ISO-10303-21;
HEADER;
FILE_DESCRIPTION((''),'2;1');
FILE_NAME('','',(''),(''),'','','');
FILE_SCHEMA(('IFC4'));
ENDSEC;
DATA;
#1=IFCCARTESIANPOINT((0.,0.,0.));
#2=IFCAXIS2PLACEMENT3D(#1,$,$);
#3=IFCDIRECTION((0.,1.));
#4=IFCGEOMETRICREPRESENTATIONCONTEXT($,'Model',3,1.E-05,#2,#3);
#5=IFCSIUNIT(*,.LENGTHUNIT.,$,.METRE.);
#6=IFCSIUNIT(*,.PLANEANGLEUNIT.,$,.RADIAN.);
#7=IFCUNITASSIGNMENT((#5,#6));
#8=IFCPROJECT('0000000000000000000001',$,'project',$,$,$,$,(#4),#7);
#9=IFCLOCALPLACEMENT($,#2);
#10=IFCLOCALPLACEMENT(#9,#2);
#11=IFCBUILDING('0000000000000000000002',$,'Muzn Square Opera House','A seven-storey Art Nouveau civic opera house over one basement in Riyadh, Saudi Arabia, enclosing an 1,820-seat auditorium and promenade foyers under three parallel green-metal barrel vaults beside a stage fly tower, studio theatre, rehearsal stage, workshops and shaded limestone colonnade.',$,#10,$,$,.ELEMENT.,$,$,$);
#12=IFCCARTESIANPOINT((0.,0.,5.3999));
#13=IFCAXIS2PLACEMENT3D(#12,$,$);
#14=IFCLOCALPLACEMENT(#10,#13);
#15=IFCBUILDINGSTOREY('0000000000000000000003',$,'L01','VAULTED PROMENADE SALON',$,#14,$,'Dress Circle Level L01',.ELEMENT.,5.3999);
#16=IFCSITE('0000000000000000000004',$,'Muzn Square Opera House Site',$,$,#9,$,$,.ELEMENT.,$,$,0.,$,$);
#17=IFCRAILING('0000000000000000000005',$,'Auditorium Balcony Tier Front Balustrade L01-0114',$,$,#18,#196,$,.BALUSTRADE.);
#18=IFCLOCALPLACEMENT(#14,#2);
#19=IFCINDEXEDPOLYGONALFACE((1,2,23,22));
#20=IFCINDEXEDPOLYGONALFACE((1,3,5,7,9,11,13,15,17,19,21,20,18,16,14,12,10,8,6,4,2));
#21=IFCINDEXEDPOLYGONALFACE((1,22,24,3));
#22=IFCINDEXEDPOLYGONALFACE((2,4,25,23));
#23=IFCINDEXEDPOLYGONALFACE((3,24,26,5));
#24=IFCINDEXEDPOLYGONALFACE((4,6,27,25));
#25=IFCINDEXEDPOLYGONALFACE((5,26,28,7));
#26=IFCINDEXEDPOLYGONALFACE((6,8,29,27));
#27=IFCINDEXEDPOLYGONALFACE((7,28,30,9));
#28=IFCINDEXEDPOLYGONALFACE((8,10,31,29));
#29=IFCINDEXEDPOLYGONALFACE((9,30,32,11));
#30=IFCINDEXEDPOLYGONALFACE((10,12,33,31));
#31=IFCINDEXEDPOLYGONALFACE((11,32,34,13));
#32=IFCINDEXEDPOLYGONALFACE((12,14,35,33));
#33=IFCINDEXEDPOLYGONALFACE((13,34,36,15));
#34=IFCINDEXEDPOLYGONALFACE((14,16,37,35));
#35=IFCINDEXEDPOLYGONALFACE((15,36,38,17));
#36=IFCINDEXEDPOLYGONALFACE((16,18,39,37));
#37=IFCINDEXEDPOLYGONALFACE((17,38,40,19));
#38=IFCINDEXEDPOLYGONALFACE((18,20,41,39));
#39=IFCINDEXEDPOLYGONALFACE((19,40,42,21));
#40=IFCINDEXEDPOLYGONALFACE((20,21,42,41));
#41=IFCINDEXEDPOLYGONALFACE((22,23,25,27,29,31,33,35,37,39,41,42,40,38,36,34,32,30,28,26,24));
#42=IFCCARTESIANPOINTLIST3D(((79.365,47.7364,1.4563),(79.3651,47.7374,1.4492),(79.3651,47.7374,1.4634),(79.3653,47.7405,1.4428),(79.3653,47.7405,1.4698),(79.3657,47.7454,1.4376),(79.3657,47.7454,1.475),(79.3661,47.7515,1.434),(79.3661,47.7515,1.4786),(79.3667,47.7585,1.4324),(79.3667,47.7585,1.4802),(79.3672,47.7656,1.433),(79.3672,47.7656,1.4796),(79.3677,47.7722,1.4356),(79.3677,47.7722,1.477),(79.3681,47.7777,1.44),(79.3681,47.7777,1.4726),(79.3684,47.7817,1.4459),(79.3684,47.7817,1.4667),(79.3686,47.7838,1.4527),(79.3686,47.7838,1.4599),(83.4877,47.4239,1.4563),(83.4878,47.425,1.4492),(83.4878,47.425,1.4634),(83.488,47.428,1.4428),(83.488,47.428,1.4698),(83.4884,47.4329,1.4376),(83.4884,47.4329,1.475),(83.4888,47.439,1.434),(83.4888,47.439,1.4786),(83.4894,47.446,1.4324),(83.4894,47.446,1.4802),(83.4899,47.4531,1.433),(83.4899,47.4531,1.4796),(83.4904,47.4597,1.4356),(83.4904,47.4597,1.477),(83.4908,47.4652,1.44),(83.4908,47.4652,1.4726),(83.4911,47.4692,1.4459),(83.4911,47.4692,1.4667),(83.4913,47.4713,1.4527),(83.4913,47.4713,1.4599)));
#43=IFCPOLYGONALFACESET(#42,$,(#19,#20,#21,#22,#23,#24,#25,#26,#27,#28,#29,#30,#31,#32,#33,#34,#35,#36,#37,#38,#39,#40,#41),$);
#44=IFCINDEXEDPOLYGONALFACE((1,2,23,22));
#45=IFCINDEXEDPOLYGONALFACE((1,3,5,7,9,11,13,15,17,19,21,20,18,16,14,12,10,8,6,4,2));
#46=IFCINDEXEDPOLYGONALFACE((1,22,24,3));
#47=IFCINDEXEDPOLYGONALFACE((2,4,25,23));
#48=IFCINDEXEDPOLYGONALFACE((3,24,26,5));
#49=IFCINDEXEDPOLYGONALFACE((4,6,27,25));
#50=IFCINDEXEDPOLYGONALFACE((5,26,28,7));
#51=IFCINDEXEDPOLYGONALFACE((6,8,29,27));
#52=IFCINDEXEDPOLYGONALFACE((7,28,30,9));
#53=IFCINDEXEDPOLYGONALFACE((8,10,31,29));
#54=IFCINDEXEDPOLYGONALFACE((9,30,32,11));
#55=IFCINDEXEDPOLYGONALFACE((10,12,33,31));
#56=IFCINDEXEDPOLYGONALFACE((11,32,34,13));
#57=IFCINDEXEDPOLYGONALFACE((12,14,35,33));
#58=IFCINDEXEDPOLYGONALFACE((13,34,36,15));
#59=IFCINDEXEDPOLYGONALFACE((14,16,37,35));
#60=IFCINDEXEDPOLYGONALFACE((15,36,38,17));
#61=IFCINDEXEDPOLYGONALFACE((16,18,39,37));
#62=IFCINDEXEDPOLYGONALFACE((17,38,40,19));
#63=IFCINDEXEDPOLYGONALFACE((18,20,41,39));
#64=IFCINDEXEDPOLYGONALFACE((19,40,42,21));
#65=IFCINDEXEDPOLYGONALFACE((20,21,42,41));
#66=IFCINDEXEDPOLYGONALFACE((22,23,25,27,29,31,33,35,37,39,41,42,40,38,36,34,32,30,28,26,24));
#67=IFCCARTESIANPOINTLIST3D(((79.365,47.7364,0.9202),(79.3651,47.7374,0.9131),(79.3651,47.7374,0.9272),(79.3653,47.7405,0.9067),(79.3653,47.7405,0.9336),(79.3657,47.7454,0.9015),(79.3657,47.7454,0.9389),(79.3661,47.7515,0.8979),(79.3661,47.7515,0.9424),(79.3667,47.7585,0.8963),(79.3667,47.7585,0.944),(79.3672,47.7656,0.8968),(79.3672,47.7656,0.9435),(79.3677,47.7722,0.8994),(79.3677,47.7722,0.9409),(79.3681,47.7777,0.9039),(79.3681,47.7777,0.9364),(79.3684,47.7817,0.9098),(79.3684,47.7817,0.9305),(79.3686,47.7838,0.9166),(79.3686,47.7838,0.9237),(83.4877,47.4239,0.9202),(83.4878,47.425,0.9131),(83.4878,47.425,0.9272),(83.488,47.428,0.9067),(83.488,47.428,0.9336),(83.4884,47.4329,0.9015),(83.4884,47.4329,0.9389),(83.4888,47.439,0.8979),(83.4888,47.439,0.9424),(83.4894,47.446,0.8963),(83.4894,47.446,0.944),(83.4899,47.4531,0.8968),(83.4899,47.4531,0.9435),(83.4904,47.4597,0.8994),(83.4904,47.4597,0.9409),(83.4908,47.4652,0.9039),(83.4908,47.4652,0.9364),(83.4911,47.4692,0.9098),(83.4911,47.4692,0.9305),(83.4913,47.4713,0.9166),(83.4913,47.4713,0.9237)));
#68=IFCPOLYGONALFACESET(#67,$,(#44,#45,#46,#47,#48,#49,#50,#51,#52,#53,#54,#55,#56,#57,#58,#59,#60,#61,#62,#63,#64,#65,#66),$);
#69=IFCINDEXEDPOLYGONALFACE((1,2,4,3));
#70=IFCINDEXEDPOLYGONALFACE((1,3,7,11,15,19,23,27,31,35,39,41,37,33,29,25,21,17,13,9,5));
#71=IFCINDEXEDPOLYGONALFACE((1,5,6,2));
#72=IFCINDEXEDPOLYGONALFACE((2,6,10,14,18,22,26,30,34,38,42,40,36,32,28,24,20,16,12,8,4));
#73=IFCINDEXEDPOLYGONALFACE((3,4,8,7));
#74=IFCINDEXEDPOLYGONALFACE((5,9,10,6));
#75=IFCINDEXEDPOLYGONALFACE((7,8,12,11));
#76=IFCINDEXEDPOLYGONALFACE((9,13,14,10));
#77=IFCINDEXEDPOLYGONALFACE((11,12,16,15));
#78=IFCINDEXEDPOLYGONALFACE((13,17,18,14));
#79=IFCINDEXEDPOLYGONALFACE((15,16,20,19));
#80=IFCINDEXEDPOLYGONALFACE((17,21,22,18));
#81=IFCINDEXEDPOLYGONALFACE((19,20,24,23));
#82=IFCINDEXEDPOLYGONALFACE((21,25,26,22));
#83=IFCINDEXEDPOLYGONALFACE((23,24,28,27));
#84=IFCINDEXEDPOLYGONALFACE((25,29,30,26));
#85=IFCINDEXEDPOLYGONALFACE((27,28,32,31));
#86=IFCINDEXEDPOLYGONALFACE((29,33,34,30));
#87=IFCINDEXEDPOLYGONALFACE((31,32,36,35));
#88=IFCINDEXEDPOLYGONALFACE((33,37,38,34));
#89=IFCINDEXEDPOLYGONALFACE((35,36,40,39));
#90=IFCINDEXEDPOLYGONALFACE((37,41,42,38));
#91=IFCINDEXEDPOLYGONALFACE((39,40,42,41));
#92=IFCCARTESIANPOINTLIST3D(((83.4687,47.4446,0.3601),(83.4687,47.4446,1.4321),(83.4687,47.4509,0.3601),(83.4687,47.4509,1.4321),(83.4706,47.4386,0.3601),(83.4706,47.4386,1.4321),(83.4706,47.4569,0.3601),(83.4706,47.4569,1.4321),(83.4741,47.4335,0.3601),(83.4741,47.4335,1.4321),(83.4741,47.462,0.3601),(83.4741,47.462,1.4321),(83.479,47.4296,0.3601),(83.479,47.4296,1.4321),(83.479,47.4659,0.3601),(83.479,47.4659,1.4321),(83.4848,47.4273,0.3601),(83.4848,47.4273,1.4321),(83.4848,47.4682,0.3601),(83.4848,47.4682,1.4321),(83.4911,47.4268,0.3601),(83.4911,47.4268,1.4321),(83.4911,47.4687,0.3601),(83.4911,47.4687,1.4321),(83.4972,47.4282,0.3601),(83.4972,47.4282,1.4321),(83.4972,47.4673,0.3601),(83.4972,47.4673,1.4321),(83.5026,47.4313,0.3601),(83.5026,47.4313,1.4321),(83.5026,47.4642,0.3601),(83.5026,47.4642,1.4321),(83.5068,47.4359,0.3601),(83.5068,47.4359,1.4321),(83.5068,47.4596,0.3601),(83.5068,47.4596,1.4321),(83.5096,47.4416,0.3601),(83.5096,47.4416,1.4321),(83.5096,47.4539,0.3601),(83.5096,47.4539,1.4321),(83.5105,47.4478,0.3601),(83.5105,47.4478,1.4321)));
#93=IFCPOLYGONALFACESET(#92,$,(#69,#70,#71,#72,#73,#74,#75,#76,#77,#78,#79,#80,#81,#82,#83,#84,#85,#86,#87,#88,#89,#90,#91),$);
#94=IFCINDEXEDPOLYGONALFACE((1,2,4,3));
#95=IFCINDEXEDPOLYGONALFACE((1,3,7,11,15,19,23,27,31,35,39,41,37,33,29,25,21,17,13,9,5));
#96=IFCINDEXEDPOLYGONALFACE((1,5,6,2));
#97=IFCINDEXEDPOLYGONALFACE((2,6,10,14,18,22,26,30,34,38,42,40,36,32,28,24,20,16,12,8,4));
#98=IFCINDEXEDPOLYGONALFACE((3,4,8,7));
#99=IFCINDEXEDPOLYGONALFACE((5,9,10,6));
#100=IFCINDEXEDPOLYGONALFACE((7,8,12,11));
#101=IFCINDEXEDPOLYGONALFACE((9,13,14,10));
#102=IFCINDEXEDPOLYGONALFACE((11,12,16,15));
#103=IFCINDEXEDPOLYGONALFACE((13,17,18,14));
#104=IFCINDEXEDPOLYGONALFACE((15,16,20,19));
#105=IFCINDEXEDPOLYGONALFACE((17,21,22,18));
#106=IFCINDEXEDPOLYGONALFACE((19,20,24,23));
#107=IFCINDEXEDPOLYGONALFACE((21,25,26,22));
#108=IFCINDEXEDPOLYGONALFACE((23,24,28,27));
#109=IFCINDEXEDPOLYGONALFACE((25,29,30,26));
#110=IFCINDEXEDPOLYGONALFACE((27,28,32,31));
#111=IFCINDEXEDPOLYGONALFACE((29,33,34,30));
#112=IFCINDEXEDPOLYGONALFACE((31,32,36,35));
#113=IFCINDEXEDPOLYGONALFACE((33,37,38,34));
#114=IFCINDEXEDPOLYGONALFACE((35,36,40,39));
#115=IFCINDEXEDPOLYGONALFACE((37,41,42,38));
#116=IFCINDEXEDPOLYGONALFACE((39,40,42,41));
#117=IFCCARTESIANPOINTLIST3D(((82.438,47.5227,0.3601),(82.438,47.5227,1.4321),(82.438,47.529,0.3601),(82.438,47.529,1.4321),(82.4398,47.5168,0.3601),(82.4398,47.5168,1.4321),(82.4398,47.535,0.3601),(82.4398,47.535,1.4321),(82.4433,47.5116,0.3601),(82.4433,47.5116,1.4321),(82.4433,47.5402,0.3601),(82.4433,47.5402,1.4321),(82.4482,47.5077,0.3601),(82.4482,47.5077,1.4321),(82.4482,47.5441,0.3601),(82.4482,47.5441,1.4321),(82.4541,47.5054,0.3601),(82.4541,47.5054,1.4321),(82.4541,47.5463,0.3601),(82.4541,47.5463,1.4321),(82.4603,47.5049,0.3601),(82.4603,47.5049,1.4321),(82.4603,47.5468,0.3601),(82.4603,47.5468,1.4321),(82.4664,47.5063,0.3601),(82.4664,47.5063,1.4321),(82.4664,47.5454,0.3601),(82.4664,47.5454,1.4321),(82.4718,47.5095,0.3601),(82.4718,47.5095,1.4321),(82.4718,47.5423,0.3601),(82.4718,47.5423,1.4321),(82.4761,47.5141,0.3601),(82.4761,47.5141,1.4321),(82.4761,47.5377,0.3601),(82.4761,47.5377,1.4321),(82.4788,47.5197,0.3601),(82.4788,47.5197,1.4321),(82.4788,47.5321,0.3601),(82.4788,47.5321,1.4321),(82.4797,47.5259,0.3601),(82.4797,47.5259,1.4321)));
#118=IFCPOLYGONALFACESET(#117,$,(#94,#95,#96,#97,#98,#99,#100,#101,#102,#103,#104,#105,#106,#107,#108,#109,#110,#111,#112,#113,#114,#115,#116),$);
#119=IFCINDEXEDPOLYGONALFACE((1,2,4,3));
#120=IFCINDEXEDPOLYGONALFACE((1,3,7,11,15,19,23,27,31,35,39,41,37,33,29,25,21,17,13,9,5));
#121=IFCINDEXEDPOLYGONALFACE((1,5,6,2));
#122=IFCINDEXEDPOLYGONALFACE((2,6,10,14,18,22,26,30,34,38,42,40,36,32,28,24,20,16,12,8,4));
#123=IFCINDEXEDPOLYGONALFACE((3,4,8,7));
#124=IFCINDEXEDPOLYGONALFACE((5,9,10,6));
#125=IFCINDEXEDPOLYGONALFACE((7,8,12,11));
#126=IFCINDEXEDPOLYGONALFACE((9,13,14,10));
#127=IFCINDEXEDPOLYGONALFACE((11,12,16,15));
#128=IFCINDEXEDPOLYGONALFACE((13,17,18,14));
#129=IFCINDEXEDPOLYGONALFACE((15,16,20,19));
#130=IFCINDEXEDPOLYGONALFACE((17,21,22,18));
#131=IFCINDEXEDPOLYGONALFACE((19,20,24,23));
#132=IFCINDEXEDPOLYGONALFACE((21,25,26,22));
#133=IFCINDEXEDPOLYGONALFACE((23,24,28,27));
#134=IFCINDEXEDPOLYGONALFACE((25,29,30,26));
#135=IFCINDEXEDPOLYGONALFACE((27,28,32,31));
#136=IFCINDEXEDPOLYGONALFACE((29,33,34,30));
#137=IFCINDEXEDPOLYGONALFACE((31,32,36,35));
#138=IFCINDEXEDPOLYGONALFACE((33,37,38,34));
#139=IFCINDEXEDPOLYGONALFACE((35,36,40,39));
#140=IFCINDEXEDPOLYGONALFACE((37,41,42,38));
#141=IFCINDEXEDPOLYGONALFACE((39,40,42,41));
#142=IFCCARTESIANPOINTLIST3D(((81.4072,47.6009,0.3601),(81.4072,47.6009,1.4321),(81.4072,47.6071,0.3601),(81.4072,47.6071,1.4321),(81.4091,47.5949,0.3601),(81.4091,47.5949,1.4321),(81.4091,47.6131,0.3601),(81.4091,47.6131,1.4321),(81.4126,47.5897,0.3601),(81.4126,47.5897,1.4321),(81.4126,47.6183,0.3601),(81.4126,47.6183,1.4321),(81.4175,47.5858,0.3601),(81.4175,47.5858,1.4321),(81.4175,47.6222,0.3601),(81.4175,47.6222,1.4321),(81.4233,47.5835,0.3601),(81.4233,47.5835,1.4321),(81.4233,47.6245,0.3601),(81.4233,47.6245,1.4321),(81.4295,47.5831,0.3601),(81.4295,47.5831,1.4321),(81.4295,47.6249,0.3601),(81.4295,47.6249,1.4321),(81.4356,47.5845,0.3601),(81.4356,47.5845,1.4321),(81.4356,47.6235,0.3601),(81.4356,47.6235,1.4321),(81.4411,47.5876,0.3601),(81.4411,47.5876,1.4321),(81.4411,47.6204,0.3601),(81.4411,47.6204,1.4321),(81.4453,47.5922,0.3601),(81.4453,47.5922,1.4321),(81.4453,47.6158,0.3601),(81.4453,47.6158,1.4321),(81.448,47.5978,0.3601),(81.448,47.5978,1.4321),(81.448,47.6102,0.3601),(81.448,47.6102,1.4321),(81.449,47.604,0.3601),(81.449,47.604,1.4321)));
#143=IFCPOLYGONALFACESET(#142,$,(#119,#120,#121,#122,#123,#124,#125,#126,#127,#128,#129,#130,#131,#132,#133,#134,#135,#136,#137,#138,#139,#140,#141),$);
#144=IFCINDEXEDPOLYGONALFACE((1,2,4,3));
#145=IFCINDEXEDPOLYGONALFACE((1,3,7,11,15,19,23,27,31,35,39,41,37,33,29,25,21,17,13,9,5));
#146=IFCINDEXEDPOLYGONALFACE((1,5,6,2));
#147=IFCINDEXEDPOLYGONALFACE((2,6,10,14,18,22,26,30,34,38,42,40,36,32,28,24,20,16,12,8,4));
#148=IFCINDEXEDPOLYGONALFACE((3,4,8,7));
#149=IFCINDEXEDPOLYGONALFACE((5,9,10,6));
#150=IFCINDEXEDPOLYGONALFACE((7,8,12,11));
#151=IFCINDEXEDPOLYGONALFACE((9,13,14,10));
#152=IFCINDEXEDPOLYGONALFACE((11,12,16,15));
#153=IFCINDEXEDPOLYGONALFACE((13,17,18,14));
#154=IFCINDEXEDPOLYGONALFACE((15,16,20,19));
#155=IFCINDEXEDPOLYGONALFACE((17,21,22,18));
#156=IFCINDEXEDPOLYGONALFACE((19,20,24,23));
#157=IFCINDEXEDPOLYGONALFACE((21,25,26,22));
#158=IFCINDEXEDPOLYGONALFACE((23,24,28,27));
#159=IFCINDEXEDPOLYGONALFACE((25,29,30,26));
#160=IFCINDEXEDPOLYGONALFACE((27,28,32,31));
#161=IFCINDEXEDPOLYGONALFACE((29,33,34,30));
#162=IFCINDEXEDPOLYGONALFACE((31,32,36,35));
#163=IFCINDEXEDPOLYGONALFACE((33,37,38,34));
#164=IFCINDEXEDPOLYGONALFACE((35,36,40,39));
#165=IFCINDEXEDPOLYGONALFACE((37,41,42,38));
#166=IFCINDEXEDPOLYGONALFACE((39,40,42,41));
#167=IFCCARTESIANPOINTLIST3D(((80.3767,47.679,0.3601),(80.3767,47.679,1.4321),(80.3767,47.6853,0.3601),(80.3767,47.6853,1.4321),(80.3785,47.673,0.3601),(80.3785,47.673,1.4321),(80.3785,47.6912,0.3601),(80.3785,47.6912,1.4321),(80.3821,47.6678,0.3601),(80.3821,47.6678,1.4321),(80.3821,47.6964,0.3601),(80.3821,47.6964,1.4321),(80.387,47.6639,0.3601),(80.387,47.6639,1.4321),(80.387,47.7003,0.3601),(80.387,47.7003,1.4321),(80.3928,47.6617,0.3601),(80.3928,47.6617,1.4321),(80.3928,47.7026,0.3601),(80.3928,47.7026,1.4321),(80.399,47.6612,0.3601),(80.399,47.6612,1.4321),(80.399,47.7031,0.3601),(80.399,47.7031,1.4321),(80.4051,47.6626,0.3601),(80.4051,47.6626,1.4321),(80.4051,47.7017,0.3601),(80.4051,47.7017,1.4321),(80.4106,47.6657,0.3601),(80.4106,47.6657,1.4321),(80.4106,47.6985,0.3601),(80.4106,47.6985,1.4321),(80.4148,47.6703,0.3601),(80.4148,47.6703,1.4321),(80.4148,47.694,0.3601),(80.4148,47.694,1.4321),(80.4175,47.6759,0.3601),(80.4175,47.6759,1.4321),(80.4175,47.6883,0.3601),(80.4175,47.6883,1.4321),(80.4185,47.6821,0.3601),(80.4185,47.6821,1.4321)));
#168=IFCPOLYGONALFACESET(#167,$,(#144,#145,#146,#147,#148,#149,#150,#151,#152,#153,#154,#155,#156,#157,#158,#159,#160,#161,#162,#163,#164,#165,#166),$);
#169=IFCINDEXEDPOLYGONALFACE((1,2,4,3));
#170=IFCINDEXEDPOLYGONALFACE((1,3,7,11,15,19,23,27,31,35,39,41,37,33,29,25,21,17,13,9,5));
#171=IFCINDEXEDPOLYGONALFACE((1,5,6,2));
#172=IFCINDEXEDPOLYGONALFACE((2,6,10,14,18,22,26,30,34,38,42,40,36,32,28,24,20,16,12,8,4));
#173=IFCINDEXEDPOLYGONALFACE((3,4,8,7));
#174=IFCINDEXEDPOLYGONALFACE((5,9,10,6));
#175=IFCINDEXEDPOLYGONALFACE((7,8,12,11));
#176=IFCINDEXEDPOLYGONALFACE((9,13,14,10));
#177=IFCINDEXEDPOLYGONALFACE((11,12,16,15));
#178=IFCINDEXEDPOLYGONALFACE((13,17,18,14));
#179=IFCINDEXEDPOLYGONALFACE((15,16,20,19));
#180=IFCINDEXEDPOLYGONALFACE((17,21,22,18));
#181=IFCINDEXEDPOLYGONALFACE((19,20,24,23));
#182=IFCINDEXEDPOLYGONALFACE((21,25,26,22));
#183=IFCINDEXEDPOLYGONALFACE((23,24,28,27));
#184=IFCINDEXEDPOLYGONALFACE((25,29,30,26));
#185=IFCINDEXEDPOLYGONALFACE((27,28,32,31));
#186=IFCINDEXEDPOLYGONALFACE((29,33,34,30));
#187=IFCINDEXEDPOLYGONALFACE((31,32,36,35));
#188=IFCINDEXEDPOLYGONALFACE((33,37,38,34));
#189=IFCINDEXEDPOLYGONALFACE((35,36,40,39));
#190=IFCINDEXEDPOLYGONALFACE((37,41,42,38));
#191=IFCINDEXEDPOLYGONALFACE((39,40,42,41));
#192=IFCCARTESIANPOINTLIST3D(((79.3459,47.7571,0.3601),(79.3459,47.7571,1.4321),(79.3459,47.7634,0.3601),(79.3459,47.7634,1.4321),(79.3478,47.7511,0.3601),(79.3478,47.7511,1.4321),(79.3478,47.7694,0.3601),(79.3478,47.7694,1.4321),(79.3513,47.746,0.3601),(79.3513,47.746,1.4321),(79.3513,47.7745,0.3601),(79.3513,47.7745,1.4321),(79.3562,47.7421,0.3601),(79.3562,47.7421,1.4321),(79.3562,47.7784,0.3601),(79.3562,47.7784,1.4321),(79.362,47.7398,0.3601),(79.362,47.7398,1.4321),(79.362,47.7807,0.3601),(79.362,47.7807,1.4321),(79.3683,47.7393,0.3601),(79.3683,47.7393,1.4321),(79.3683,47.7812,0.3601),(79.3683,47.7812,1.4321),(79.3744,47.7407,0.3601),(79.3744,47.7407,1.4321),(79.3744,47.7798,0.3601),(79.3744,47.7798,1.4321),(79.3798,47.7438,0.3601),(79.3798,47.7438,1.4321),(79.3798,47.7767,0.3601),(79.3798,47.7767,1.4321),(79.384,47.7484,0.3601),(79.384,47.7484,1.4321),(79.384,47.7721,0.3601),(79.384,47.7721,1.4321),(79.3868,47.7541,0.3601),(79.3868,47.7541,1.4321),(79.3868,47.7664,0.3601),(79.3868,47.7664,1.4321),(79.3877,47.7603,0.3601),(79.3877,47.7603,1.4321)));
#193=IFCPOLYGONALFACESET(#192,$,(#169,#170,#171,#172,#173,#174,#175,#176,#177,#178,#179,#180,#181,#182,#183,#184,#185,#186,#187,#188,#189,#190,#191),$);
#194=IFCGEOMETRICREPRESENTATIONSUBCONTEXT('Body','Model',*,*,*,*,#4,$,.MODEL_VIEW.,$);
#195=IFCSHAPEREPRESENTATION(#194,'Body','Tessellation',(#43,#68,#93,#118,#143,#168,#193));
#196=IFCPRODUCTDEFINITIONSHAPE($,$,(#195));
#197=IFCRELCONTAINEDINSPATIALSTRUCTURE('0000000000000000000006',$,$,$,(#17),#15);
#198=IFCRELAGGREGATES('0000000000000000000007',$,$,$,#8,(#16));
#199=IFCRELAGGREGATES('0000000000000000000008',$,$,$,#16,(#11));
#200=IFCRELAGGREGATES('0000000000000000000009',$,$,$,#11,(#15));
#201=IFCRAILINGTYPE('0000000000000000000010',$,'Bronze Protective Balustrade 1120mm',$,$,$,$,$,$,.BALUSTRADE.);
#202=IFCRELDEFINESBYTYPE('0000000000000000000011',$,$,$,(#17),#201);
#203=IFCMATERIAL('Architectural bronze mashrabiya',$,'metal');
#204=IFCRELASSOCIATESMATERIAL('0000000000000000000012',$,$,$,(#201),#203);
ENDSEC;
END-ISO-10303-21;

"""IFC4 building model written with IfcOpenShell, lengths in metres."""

from ifc_helpers import new_model, si_unit, direction, frame, origin, origin_2d, place, context, subcontext, project, spatial, circle, extrude, material, type_object, element, save


model = new_model("IFC4")

# Units and contexts
model_context = context("Model", 3, precision=1e-05, world=origin(), true_north=direction((0.0, 1.0)))
body_context = subcontext(model_context, "Body", "Model", "MODEL_VIEW")
ifc_project = project(units=[si_unit("LENGTHUNIT", "METRE"), si_unit("PLANEANGLEUNIT", "RADIAN")], contexts=[model_context])

# Site, building, storey
site_placement = place(None, origin())
site = spatial("IfcSite", under=ifc_project, at=site_placement, Name="Muzn Square Opera House Site", CompositionType="ELEMENT", RefElevation=0.0)
building_placement = place(site_placement, origin())
building = spatial("IfcBuilding", under=site, at=building_placement, Name="Muzn Square Opera House", Description="A seven-storey Art Nouveau civic opera house over one basement in Riyadh, Saudi Arabia, enclosing an 1,820-seat auditorium and promenade foyers under three parallel green-metal barrel vaults beside a stage fly tower, studio theatre, rehearsal stage, workshops and shaded limestone colonnade.", CompositionType="ELEMENT")
storey_placement = place(building_placement, frame((0.0, 0.0, 5.3999)))
storey = spatial("IfcBuildingStorey", under=building, at=storey_placement, Name="L01", Description="VAULTED PROMENADE SALON", LongName="Dress Circle Level L01", CompositionType="ELEMENT", Elevation=5.3999)

# Railing
ifc_material_1 = material(Name="Architectural bronze mashrabiya", Category="metal")
railing_type = type_object("IfcRailingType", Name="Bronze Protective Balustrade 1120mm", PredefinedType="BALUSTRADE", material=ifc_material_1)
railing_1_placement = place(storey_placement, frame((83.4895, 47.4478, 0.3601)))
element("IfcRailing", 1, at=railing_1_placement, inside=storey, type_object=railing_type, Name="Auditorium Balcony Tier Front Balustrade L01-0114", PredefinedType="BALUSTRADE", context=body_context, shape_type="SweptSolid", body=[
    extrude(circle(Radius=0.0239, at=origin_2d()), frame((0.0, 0.0, 1.0962), z_axis=(-0.99714, 0.075581, 0.0), x_axis=(-0.075581, -0.99714, 0.0)), (0.0, 0.0, 1.0), 4.1345),
    extrude(circle(Radius=0.0239, at=origin_2d()), frame((0.0, 0.0, 0.5601), z_axis=(-0.99714, 0.075581, 0.0), x_axis=(-0.075581, -0.99714, 0.0)), (0.0, 0.0, 1.0), 4.1345),
    extrude(circle(Radius=0.021, at=origin_2d()), origin(), (0.0, 0.0, 1.0), 1.072),
    extrude(circle(Radius=0.021, at=origin_2d()), frame((-1.0308, 0.0781, 0.0)), (0.0, 0.0, 1.0), 1.072),
    extrude(circle(Radius=0.021, at=origin_2d()), frame((-2.0615, 0.1562, 0.0)), (0.0, 0.0, 1.0), 1.072),
    extrude(circle(Radius=0.021, at=origin_2d()), frame((-3.092, 0.2344, 0.0)), (0.0, 0.0, 1.0), 1.072),
    extrude(circle(Radius=0.021, at=origin_2d()), frame((-4.1228, 0.3125, 0.0)), (0.0, 0.0, 1.0), 1.072),
])

save(model, "model.ifc")
